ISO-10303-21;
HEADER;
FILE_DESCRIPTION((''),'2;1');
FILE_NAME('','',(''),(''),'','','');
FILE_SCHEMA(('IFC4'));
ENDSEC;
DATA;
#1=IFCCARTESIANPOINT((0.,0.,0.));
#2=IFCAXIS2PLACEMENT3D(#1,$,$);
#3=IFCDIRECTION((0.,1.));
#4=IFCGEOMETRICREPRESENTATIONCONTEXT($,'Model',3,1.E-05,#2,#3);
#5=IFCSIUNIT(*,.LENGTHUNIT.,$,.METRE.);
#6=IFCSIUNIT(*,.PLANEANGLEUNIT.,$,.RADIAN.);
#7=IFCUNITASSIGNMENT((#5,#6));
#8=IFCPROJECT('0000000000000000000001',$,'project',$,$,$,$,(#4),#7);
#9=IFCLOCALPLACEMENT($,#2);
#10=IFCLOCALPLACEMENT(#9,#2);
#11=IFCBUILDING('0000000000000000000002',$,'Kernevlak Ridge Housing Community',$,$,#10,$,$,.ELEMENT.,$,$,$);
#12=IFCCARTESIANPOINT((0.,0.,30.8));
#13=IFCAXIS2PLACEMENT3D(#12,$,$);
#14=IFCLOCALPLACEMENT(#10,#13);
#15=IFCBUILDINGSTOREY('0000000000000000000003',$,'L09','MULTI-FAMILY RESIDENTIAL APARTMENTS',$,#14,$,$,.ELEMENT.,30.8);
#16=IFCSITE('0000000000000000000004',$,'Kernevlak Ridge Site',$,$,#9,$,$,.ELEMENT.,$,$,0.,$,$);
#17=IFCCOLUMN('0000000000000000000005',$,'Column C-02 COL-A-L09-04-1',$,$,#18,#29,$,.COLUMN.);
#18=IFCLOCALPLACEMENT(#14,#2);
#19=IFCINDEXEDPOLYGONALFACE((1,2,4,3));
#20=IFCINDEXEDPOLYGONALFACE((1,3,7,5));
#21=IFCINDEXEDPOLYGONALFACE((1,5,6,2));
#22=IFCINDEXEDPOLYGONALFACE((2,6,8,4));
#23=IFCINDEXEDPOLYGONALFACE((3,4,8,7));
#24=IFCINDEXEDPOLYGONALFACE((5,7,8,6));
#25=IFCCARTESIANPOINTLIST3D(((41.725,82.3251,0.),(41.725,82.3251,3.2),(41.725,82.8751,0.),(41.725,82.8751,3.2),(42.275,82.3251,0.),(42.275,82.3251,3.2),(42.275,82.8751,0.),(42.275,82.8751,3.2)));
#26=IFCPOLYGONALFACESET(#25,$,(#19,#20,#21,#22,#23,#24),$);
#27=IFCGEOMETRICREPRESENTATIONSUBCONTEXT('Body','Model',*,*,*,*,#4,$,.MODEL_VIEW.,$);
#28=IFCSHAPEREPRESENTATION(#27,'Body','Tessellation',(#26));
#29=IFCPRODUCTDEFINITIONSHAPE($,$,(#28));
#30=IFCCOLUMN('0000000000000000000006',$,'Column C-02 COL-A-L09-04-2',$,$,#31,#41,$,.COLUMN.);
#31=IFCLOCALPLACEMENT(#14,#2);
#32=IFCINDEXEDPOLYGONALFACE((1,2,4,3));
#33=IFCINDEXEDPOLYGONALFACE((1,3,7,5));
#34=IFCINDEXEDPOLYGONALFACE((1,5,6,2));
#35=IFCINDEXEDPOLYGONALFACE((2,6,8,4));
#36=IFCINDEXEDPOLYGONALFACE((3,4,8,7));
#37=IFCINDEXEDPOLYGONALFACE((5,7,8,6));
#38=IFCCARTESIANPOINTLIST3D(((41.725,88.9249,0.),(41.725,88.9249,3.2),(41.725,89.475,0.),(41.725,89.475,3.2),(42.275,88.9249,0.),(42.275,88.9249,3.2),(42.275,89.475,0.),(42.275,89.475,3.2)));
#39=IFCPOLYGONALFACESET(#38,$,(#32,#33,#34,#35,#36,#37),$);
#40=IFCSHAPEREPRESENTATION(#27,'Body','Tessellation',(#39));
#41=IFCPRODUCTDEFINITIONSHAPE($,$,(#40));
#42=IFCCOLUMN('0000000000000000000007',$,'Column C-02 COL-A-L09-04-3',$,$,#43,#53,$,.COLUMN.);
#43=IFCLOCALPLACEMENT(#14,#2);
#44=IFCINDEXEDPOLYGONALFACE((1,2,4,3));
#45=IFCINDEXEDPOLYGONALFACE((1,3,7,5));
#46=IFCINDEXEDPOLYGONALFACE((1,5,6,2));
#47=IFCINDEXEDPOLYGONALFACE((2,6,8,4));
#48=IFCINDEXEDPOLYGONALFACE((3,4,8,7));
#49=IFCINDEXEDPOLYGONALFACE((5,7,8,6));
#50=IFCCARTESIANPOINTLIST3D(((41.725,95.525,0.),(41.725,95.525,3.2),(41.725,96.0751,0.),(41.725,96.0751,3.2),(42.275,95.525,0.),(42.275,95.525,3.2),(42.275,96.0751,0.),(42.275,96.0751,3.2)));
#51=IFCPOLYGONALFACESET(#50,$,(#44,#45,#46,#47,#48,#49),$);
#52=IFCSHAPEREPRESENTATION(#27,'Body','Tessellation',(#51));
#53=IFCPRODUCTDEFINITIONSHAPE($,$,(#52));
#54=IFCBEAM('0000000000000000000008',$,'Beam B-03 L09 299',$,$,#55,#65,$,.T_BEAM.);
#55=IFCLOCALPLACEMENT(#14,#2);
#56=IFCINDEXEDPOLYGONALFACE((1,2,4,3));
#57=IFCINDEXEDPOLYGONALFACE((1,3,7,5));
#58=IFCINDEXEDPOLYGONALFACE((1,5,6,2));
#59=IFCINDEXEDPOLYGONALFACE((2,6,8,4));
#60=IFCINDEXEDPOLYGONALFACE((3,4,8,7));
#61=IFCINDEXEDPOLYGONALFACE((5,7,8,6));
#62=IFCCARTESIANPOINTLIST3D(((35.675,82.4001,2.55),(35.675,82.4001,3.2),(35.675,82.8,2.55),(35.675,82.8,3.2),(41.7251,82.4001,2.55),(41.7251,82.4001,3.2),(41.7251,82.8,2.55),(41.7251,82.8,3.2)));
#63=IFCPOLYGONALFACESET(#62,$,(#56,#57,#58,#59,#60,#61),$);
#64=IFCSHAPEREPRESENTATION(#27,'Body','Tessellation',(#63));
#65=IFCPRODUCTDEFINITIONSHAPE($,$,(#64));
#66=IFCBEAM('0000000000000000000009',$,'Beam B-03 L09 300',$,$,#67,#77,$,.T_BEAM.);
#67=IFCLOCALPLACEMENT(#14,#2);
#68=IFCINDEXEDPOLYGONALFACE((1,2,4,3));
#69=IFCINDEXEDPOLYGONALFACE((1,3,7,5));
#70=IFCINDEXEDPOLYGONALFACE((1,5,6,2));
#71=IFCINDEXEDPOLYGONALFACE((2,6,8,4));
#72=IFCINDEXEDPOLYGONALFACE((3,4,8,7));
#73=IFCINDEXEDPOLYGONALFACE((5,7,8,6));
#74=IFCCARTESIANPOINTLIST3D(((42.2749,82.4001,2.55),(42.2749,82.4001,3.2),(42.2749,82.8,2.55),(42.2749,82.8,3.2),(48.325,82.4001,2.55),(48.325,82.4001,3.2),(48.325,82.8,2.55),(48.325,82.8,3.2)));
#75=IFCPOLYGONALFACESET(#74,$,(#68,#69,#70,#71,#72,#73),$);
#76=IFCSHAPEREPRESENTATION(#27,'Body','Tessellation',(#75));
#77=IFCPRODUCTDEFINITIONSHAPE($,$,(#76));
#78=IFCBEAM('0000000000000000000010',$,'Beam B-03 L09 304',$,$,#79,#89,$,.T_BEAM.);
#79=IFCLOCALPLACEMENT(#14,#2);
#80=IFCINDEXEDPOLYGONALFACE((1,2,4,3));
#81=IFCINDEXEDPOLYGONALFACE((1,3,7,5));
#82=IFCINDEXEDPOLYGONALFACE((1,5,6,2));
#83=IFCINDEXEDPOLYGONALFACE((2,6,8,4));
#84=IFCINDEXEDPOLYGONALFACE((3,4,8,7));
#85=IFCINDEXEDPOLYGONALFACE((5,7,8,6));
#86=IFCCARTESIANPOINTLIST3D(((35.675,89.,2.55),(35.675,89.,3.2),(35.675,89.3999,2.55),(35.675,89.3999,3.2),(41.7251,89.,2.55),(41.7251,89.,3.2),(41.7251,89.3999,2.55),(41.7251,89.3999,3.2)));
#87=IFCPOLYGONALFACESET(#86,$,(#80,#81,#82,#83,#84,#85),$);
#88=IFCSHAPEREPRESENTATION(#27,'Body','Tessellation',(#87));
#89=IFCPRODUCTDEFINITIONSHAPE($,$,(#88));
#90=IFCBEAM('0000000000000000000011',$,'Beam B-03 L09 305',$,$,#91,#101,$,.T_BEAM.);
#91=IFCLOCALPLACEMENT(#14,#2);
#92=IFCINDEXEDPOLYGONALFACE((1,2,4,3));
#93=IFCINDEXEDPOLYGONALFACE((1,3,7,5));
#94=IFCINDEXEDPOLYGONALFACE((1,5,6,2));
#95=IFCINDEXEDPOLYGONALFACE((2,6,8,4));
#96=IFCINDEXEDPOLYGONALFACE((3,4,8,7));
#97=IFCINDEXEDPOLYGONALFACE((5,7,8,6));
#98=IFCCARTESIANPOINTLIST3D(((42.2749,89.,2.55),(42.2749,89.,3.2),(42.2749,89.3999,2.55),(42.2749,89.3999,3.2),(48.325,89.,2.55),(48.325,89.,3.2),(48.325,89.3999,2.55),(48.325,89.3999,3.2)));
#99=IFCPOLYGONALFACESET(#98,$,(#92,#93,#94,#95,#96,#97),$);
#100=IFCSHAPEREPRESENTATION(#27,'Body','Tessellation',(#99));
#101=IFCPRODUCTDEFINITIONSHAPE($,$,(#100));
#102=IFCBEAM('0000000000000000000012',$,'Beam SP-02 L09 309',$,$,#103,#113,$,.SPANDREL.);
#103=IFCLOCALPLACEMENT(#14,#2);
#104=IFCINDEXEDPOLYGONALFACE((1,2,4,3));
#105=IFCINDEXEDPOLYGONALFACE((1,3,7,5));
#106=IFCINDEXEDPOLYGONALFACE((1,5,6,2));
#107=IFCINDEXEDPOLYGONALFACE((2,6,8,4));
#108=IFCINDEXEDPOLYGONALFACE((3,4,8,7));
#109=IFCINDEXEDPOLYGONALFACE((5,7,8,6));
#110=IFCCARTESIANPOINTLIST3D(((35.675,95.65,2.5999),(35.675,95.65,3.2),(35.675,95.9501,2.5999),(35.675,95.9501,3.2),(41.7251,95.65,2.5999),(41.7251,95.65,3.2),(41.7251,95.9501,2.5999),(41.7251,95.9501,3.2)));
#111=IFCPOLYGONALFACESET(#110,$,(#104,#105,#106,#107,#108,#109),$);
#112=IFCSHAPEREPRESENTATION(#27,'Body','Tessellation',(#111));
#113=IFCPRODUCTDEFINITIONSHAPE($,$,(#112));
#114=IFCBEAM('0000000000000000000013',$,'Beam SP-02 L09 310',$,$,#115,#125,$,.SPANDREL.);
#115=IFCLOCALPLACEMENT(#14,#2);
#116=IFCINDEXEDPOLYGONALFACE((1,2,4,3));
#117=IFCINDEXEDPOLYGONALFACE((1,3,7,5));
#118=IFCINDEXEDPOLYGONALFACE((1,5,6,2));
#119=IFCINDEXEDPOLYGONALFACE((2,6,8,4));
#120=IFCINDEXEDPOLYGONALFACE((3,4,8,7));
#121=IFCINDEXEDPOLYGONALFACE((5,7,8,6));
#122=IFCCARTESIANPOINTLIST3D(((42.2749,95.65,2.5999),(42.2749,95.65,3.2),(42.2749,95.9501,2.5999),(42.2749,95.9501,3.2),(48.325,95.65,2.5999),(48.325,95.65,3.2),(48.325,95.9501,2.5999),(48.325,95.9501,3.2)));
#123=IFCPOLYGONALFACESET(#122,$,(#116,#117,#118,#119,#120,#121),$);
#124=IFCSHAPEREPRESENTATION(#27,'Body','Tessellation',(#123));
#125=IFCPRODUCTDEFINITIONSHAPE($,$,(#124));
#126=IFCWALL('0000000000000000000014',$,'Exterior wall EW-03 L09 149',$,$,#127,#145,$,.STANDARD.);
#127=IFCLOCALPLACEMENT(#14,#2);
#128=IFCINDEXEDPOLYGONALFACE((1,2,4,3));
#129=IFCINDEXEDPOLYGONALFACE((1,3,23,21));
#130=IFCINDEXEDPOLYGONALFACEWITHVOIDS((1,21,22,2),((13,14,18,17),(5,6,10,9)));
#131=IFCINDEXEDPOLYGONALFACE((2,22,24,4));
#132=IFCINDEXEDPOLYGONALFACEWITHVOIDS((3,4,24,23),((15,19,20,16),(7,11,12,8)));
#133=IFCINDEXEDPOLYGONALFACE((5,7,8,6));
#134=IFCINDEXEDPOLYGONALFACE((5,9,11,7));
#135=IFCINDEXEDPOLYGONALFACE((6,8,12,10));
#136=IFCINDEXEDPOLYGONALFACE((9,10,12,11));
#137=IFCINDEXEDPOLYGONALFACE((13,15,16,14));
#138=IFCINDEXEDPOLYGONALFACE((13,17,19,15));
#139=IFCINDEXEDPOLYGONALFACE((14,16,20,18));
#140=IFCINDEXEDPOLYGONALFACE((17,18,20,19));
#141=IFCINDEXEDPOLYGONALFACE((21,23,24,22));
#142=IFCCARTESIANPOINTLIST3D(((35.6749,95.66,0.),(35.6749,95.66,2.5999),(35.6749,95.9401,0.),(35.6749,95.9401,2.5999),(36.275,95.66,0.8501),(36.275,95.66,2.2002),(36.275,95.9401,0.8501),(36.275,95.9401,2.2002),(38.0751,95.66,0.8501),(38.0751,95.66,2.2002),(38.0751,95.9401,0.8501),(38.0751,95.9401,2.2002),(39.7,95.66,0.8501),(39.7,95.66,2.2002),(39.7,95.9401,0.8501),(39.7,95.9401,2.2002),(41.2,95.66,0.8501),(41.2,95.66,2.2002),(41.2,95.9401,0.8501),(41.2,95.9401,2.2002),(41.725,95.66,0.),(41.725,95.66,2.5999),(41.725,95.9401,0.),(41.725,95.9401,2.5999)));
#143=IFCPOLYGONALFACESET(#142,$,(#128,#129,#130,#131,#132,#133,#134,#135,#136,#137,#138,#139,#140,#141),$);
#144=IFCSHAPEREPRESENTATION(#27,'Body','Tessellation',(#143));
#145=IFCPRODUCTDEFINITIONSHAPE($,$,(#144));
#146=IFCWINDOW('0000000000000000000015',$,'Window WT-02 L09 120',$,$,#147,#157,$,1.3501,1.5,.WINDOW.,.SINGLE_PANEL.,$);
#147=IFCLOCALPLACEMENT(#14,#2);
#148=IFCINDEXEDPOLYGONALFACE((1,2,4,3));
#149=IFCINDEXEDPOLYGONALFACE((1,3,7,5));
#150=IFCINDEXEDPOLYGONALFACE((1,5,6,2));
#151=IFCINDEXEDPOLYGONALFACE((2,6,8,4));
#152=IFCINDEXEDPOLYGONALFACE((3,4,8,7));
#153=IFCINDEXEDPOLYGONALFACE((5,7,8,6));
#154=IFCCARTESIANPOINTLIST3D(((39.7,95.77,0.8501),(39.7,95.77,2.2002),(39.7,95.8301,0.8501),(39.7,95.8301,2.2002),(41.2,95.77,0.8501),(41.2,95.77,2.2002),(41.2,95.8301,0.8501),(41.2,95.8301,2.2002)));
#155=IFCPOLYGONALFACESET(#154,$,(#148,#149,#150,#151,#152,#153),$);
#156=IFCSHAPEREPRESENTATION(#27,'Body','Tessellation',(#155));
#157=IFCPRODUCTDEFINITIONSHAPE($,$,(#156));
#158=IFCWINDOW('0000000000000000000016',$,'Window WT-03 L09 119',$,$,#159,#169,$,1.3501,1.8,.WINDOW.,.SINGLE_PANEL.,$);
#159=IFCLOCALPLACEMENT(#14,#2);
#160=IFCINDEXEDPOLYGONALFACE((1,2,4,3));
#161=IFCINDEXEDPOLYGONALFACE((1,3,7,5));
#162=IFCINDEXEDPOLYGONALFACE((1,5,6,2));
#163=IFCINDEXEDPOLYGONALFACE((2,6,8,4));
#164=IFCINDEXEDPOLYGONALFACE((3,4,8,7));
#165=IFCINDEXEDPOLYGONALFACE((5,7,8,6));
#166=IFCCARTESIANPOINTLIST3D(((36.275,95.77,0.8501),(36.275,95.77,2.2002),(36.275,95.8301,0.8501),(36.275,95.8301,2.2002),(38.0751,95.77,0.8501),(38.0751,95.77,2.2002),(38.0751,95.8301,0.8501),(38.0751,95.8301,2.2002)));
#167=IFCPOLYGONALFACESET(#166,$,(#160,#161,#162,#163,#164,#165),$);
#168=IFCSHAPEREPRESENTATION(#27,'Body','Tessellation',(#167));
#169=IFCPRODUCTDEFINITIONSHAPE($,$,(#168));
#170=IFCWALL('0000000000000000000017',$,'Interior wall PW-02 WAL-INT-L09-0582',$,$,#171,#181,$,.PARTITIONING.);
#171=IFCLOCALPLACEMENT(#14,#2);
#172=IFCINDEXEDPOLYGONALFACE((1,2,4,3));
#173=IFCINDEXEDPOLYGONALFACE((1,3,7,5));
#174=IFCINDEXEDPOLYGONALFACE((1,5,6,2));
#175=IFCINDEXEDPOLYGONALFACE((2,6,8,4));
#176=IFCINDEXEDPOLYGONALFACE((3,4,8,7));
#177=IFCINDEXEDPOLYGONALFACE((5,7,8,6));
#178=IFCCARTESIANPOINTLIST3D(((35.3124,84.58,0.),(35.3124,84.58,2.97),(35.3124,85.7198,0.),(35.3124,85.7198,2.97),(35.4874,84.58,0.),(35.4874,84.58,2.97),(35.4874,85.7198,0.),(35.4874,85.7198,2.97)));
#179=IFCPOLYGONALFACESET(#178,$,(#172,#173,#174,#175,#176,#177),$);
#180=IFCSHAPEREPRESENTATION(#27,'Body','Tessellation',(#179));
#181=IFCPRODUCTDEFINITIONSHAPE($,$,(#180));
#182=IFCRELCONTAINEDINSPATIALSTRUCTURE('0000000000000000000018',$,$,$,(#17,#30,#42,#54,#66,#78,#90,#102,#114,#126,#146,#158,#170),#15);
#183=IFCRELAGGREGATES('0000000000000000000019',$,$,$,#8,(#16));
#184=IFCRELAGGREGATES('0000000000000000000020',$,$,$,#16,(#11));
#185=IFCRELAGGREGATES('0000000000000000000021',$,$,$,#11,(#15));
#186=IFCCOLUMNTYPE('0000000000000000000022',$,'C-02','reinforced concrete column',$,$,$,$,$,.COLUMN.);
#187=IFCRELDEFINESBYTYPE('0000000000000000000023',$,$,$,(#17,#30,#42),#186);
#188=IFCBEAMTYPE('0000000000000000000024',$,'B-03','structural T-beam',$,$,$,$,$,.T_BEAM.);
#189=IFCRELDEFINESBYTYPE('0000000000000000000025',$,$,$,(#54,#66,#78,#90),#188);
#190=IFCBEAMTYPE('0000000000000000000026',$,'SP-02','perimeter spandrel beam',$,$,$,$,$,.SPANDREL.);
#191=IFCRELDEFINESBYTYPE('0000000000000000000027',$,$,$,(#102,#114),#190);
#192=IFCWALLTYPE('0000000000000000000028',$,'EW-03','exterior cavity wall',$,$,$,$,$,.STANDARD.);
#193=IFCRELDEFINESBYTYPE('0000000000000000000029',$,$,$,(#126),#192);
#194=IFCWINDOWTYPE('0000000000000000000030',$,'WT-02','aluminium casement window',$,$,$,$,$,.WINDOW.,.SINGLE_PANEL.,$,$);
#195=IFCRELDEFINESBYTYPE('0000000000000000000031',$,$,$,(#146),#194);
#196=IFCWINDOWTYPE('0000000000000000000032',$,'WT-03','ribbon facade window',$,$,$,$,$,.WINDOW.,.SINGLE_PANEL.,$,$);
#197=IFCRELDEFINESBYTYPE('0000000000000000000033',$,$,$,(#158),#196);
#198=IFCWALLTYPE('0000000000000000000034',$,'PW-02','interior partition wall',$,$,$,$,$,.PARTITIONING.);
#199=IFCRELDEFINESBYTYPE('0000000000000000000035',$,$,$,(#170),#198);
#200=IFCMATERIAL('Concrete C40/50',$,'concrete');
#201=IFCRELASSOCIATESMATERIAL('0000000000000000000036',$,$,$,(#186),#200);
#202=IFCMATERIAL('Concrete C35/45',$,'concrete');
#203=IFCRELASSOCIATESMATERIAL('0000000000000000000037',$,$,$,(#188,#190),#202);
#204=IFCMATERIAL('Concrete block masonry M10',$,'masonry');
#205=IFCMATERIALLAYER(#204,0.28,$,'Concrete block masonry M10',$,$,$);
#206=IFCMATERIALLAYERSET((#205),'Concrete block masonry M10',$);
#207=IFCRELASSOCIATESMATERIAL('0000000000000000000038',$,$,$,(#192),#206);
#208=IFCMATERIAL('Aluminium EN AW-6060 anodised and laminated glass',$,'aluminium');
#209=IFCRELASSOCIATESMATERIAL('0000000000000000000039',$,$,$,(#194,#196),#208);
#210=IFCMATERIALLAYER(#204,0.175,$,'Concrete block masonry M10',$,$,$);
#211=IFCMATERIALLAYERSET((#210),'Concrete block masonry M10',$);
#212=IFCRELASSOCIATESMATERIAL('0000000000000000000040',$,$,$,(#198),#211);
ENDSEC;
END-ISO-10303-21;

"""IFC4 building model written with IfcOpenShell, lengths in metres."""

from ifc_helpers import new_model, si_unit, direction, frame, frame_2d, origin, origin_2d, place, context, subcontext, project, spatial, rectangle, extrude, material, layer, layer_set, material_profile, profile_set, type_object, element, fill, save


model = new_model("IFC4")

# Units and contexts
model_context = context("Model", 3, precision=1e-05, world=origin(), true_north=direction((0.0, 1.0)))
body_context = subcontext(model_context, "Body", "Model", "MODEL_VIEW")
ifc_project = project(units=[si_unit("LENGTHUNIT", "METRE"), si_unit("PLANEANGLEUNIT", "RADIAN")], contexts=[model_context])

# Site, building, storey
site_placement = place(None, origin())
site = spatial("IfcSite", under=ifc_project, at=site_placement, Name="Kernevlak Ridge Site", CompositionType="ELEMENT", RefElevation=0.0)
building_placement = place(site_placement, origin())
building = spatial("IfcBuilding", under=site, at=building_placement, Name="Kernevlak Ridge Housing Community", CompositionType="ELEMENT")
storey_placement = place(building_placement, frame((0.0, 0.0, 30.8)))
storey = spatial("IfcBuildingStorey", under=building, at=storey_placement, Name="L09", Description="MULTI-FAMILY RESIDENTIAL APARTMENTS", CompositionType="ELEMENT", Elevation=30.8)

# Columns
ifc_material_1 = material(Name="Concrete C40/50", Category="concrete")
ifc_material_profile_1 = material_profile(ifc_material_1, rectangle(XDim=0.55, YDim=0.55, at=origin_2d()), Name="RC 550x550")
ifc_profile_set_1 = profile_set([ifc_material_profile_1], Name="Concrete C40/50")
column_type = type_object("IfcColumnType", Name="C-02", Description="reinforced concrete column", PredefinedType="COLUMN", material=ifc_profile_set_1)
for number, where, z_axis, x_axis, name in (
    (1, (42.0, 82.6001, 0.0), (0.0, 0.0, 1.0), (1.0, 0.0, 0.0), "Column C-02 COL-A-L09-04-1"),
    (2, (42.0, 89.2, 0.0), (0.0, 0.0, 1.0), (1.0, 0.0, 0.0), "Column C-02 COL-A-L09-04-2"),
    (3, (42.0, 95.8, 0.0), (0.0, 0.0, 1.0), (1.0, 0.0, 0.0), "Column C-02 COL-A-L09-04-3"),
):
    element("IfcColumn", number, at=place(storey_placement, frame(where, z_axis=z_axis, x_axis=x_axis)), inside=storey, type_object=column_type, Name=name, PredefinedType="COLUMN", context=body_context, shape_type="SweptSolid", body=[
        extrude(rectangle(XDim=0.55, YDim=0.55, at=origin_2d()), origin(), (0.0, 0.0, 1.0), 3.2),
    ])

# Beams
ifc_material_2 = material(Name="Concrete C35/45", Category="concrete")
ifc_material_profile_2 = material_profile(ifc_material_2, rectangle(XDim=0.3999, YDim=0.6499, at=origin_2d()), Name="RC 400x650")
ifc_profile_set_2 = profile_set([ifc_material_profile_2], Name="Concrete C35/45")
beam_type_1 = type_object("IfcBeamType", Name="B-03", Description="structural T-beam", PredefinedType="T_BEAM", material=ifc_profile_set_2)
for number, where, z_axis, x_axis, name in (
    (4, (35.675, 82.6001, 2.875), (1.0, 0.0, 0.0), (0.0, 1.0, 0.0), "Beam B-03 L09 299"),
    (5, (42.2749, 82.6001, 2.875), (1.0, 0.0, 0.0), (0.0, 1.0, 0.0), "Beam B-03 L09 300"),
    (6, (35.675, 89.2, 2.875), (1.0, 0.0, 0.0), (0.0, 1.0, 0.0), "Beam B-03 L09 304"),
    (7, (42.2749, 89.2, 2.875), (1.0, 0.0, 0.0), (0.0, 1.0, 0.0), "Beam B-03 L09 305"),
):
    element("IfcBeam", number, at=place(storey_placement, frame(where, z_axis=z_axis, x_axis=x_axis)), inside=storey, type_object=beam_type_1, Name=name, PredefinedType="T_BEAM", context=body_context, shape_type="SweptSolid", body=[
        extrude(rectangle(XDim=0.3999, YDim=0.6499, at=origin_2d()), origin(), (0.0, 0.0, 1.0), 6.05),
    ])
ifc_material_profile_3 = material_profile(ifc_material_2, rectangle(XDim=0.3, YDim=0.6001, at=origin_2d()), Name="RC 300x600")
ifc_profile_set_3 = profile_set([ifc_material_profile_3], Name="Concrete C35/45")
beam_type_2 = type_object("IfcBeamType", Name="SP-02", Description="perimeter spandrel beam", PredefinedType="SPANDREL", material=ifc_profile_set_3)
for number, where, z_axis, x_axis, name in (
    (8, (35.675, 95.8, 2.8999), (1.0, 0.0, 0.0), (0.0, 1.0, 0.0), "Beam SP-02 L09 309"),
    (9, (42.2749, 95.8, 2.8999), (1.0, 0.0, 0.0), (0.0, 1.0, 0.0), "Beam SP-02 L09 310"),
):
    element("IfcBeam", number, at=place(storey_placement, frame(where, z_axis=z_axis, x_axis=x_axis)), inside=storey, type_object=beam_type_2, Name=name, PredefinedType="SPANDREL", context=body_context, shape_type="SweptSolid", body=[
        extrude(rectangle(XDim=0.3, YDim=0.6001, at=origin_2d()), origin(), (0.0, 0.0, 1.0), 6.05),
    ])

# Wall, openings, windows
ifc_material_3 = material(Name="Concrete block masonry M10", Category="masonry")
ifc_layer_1 = layer(ifc_material_3, 0.28, Name="Concrete block masonry M10")
ifc_layer_set_1 = layer_set([ifc_layer_1], Name="Concrete block masonry M10")
wall_type_1 = type_object("IfcWallType", Name="EW-03", Description="exterior cavity wall", PredefinedType="STANDARD", material=ifc_layer_set_1)
wall_1_placement = place(storey_placement, frame((35.675, 95.8, 0.0), z_axis=(0.0, 0.0, 1.0), x_axis=(1.0, 0.0, 0.0)))
wall_1 = element("IfcWall", 10, at=wall_1_placement, inside=storey, type_object=wall_type_1, Name="Exterior wall EW-03 L09 149", PredefinedType="STANDARD", context=body_context, shape_type="SweptSolid", body=[
    extrude(rectangle(XDim=6.05, YDim=0.28, at=frame_2d((3.0249, 0.0))), origin(), (0.0, 0.0, 1.0), 2.5999),
])
opening_1_placement = place(wall_1_placement, frame((0.6001, 0.0, 0.8501)))
opening_1 = element("IfcOpeningElement", 11, at=opening_1_placement, cuts=wall_1, PredefinedType="OPENING", context=body_context, shape_type="SweptSolid", body=[
    extrude(rectangle(XDim=1.8, YDim=1.3501, at=frame_2d((0.8999, 0.675))), frame((0.0, 0.1499, 0.0), z_axis=(0.0, -1.0, 0.0), x_axis=(1.0, 0.0, 0.0)), (0.0, 0.0, 1.0), 0.3),
])
opening_2_placement = place(wall_1_placement, frame((4.0249, 0.0, 0.8501)))
opening_2 = element("IfcOpeningElement", 12, at=opening_2_placement, cuts=wall_1, PredefinedType="OPENING", context=body_context, shape_type="SweptSolid", body=[
    extrude(rectangle(XDim=1.5, YDim=1.3501, at=frame_2d((0.75, 0.675))), frame((0.0, 0.1499, 0.0), z_axis=(0.0, -1.0, 0.0), x_axis=(1.0, 0.0, 0.0)), (0.0, 0.0, 1.0), 0.3),
])
ifc_material_4 = material(Name="Aluminium EN AW-6060 anodised and laminated glass", Category="aluminium")
window_type_1 = type_object("IfcWindowType", Name="WT-02", Description="aluminium casement window", PartitioningType="SINGLE_PANEL", PredefinedType="WINDOW", material=ifc_material_4)
window_1_placement = place(opening_2_placement, origin())
window_1 = element("IfcWindow", 13, at=window_1_placement, inside=storey, type_object=window_type_1, Name="Window WT-02 L09 120", OverallHeight=1.3501, OverallWidth=1.5, PartitioningType="SINGLE_PANEL", PredefinedType="WINDOW", context=body_context, shape_type="SweptSolid", body=[
    extrude(rectangle(XDim=1.5, YDim=1.3501, at=frame_2d((0.75, 0.675))), frame((0.0, 0.03, 0.0), z_axis=(0.0, -1.0, 0.0), x_axis=(1.0, 0.0, 0.0)), (0.0, 0.0, 1.0), 0.0601),
])
fill(opening_2, window_1)
window_type_2 = type_object("IfcWindowType", Name="WT-03", Description="ribbon facade window", PartitioningType="SINGLE_PANEL", PredefinedType="WINDOW", material=ifc_material_4)
window_2_placement = place(opening_1_placement, origin())
window_2 = element("IfcWindow", 14, at=window_2_placement, inside=storey, type_object=window_type_2, Name="Window WT-03 L09 119", OverallHeight=1.3501, OverallWidth=1.8, PartitioningType="SINGLE_PANEL", PredefinedType="WINDOW", context=body_context, shape_type="SweptSolid", body=[
    extrude(rectangle(XDim=1.8, YDim=1.3501, at=frame_2d((0.8999, 0.675))), frame((0.0, 0.03, 0.0), z_axis=(0.0, -1.0, 0.0), x_axis=(1.0, 0.0, 0.0)), (0.0, 0.0, 1.0), 0.0601),
])
fill(opening_1, window_2)

# Wall
ifc_layer_2 = layer(ifc_material_3, 0.175, Name="Concrete block masonry M10")
ifc_layer_set_2 = layer_set([ifc_layer_2], Name="Concrete block masonry M10")
wall_type_2 = type_object("IfcWallType", Name="PW-02", Description="interior partition wall", PredefinedType="PARTITIONING", material=ifc_layer_set_2)
wall_2_placement = place(storey_placement, frame((35.3999, 84.5801, 0.0), z_axis=(0.0, 0.0, 1.0), x_axis=(0.0, 1.0, 0.0)))
element("IfcWall", 15, at=wall_2_placement, inside=storey, type_object=wall_type_2, Name="Interior wall PW-02 WAL-INT-L09-0582", PredefinedType="PARTITIONING", context=body_context, shape_type="SweptSolid", body=[
    extrude(rectangle(XDim=1.1399, YDim=0.175, at=frame_2d((0.5698, 0.0))), origin(), (0.0, 0.0, 1.0), 2.97),
])

save(model, "model.ifc")
